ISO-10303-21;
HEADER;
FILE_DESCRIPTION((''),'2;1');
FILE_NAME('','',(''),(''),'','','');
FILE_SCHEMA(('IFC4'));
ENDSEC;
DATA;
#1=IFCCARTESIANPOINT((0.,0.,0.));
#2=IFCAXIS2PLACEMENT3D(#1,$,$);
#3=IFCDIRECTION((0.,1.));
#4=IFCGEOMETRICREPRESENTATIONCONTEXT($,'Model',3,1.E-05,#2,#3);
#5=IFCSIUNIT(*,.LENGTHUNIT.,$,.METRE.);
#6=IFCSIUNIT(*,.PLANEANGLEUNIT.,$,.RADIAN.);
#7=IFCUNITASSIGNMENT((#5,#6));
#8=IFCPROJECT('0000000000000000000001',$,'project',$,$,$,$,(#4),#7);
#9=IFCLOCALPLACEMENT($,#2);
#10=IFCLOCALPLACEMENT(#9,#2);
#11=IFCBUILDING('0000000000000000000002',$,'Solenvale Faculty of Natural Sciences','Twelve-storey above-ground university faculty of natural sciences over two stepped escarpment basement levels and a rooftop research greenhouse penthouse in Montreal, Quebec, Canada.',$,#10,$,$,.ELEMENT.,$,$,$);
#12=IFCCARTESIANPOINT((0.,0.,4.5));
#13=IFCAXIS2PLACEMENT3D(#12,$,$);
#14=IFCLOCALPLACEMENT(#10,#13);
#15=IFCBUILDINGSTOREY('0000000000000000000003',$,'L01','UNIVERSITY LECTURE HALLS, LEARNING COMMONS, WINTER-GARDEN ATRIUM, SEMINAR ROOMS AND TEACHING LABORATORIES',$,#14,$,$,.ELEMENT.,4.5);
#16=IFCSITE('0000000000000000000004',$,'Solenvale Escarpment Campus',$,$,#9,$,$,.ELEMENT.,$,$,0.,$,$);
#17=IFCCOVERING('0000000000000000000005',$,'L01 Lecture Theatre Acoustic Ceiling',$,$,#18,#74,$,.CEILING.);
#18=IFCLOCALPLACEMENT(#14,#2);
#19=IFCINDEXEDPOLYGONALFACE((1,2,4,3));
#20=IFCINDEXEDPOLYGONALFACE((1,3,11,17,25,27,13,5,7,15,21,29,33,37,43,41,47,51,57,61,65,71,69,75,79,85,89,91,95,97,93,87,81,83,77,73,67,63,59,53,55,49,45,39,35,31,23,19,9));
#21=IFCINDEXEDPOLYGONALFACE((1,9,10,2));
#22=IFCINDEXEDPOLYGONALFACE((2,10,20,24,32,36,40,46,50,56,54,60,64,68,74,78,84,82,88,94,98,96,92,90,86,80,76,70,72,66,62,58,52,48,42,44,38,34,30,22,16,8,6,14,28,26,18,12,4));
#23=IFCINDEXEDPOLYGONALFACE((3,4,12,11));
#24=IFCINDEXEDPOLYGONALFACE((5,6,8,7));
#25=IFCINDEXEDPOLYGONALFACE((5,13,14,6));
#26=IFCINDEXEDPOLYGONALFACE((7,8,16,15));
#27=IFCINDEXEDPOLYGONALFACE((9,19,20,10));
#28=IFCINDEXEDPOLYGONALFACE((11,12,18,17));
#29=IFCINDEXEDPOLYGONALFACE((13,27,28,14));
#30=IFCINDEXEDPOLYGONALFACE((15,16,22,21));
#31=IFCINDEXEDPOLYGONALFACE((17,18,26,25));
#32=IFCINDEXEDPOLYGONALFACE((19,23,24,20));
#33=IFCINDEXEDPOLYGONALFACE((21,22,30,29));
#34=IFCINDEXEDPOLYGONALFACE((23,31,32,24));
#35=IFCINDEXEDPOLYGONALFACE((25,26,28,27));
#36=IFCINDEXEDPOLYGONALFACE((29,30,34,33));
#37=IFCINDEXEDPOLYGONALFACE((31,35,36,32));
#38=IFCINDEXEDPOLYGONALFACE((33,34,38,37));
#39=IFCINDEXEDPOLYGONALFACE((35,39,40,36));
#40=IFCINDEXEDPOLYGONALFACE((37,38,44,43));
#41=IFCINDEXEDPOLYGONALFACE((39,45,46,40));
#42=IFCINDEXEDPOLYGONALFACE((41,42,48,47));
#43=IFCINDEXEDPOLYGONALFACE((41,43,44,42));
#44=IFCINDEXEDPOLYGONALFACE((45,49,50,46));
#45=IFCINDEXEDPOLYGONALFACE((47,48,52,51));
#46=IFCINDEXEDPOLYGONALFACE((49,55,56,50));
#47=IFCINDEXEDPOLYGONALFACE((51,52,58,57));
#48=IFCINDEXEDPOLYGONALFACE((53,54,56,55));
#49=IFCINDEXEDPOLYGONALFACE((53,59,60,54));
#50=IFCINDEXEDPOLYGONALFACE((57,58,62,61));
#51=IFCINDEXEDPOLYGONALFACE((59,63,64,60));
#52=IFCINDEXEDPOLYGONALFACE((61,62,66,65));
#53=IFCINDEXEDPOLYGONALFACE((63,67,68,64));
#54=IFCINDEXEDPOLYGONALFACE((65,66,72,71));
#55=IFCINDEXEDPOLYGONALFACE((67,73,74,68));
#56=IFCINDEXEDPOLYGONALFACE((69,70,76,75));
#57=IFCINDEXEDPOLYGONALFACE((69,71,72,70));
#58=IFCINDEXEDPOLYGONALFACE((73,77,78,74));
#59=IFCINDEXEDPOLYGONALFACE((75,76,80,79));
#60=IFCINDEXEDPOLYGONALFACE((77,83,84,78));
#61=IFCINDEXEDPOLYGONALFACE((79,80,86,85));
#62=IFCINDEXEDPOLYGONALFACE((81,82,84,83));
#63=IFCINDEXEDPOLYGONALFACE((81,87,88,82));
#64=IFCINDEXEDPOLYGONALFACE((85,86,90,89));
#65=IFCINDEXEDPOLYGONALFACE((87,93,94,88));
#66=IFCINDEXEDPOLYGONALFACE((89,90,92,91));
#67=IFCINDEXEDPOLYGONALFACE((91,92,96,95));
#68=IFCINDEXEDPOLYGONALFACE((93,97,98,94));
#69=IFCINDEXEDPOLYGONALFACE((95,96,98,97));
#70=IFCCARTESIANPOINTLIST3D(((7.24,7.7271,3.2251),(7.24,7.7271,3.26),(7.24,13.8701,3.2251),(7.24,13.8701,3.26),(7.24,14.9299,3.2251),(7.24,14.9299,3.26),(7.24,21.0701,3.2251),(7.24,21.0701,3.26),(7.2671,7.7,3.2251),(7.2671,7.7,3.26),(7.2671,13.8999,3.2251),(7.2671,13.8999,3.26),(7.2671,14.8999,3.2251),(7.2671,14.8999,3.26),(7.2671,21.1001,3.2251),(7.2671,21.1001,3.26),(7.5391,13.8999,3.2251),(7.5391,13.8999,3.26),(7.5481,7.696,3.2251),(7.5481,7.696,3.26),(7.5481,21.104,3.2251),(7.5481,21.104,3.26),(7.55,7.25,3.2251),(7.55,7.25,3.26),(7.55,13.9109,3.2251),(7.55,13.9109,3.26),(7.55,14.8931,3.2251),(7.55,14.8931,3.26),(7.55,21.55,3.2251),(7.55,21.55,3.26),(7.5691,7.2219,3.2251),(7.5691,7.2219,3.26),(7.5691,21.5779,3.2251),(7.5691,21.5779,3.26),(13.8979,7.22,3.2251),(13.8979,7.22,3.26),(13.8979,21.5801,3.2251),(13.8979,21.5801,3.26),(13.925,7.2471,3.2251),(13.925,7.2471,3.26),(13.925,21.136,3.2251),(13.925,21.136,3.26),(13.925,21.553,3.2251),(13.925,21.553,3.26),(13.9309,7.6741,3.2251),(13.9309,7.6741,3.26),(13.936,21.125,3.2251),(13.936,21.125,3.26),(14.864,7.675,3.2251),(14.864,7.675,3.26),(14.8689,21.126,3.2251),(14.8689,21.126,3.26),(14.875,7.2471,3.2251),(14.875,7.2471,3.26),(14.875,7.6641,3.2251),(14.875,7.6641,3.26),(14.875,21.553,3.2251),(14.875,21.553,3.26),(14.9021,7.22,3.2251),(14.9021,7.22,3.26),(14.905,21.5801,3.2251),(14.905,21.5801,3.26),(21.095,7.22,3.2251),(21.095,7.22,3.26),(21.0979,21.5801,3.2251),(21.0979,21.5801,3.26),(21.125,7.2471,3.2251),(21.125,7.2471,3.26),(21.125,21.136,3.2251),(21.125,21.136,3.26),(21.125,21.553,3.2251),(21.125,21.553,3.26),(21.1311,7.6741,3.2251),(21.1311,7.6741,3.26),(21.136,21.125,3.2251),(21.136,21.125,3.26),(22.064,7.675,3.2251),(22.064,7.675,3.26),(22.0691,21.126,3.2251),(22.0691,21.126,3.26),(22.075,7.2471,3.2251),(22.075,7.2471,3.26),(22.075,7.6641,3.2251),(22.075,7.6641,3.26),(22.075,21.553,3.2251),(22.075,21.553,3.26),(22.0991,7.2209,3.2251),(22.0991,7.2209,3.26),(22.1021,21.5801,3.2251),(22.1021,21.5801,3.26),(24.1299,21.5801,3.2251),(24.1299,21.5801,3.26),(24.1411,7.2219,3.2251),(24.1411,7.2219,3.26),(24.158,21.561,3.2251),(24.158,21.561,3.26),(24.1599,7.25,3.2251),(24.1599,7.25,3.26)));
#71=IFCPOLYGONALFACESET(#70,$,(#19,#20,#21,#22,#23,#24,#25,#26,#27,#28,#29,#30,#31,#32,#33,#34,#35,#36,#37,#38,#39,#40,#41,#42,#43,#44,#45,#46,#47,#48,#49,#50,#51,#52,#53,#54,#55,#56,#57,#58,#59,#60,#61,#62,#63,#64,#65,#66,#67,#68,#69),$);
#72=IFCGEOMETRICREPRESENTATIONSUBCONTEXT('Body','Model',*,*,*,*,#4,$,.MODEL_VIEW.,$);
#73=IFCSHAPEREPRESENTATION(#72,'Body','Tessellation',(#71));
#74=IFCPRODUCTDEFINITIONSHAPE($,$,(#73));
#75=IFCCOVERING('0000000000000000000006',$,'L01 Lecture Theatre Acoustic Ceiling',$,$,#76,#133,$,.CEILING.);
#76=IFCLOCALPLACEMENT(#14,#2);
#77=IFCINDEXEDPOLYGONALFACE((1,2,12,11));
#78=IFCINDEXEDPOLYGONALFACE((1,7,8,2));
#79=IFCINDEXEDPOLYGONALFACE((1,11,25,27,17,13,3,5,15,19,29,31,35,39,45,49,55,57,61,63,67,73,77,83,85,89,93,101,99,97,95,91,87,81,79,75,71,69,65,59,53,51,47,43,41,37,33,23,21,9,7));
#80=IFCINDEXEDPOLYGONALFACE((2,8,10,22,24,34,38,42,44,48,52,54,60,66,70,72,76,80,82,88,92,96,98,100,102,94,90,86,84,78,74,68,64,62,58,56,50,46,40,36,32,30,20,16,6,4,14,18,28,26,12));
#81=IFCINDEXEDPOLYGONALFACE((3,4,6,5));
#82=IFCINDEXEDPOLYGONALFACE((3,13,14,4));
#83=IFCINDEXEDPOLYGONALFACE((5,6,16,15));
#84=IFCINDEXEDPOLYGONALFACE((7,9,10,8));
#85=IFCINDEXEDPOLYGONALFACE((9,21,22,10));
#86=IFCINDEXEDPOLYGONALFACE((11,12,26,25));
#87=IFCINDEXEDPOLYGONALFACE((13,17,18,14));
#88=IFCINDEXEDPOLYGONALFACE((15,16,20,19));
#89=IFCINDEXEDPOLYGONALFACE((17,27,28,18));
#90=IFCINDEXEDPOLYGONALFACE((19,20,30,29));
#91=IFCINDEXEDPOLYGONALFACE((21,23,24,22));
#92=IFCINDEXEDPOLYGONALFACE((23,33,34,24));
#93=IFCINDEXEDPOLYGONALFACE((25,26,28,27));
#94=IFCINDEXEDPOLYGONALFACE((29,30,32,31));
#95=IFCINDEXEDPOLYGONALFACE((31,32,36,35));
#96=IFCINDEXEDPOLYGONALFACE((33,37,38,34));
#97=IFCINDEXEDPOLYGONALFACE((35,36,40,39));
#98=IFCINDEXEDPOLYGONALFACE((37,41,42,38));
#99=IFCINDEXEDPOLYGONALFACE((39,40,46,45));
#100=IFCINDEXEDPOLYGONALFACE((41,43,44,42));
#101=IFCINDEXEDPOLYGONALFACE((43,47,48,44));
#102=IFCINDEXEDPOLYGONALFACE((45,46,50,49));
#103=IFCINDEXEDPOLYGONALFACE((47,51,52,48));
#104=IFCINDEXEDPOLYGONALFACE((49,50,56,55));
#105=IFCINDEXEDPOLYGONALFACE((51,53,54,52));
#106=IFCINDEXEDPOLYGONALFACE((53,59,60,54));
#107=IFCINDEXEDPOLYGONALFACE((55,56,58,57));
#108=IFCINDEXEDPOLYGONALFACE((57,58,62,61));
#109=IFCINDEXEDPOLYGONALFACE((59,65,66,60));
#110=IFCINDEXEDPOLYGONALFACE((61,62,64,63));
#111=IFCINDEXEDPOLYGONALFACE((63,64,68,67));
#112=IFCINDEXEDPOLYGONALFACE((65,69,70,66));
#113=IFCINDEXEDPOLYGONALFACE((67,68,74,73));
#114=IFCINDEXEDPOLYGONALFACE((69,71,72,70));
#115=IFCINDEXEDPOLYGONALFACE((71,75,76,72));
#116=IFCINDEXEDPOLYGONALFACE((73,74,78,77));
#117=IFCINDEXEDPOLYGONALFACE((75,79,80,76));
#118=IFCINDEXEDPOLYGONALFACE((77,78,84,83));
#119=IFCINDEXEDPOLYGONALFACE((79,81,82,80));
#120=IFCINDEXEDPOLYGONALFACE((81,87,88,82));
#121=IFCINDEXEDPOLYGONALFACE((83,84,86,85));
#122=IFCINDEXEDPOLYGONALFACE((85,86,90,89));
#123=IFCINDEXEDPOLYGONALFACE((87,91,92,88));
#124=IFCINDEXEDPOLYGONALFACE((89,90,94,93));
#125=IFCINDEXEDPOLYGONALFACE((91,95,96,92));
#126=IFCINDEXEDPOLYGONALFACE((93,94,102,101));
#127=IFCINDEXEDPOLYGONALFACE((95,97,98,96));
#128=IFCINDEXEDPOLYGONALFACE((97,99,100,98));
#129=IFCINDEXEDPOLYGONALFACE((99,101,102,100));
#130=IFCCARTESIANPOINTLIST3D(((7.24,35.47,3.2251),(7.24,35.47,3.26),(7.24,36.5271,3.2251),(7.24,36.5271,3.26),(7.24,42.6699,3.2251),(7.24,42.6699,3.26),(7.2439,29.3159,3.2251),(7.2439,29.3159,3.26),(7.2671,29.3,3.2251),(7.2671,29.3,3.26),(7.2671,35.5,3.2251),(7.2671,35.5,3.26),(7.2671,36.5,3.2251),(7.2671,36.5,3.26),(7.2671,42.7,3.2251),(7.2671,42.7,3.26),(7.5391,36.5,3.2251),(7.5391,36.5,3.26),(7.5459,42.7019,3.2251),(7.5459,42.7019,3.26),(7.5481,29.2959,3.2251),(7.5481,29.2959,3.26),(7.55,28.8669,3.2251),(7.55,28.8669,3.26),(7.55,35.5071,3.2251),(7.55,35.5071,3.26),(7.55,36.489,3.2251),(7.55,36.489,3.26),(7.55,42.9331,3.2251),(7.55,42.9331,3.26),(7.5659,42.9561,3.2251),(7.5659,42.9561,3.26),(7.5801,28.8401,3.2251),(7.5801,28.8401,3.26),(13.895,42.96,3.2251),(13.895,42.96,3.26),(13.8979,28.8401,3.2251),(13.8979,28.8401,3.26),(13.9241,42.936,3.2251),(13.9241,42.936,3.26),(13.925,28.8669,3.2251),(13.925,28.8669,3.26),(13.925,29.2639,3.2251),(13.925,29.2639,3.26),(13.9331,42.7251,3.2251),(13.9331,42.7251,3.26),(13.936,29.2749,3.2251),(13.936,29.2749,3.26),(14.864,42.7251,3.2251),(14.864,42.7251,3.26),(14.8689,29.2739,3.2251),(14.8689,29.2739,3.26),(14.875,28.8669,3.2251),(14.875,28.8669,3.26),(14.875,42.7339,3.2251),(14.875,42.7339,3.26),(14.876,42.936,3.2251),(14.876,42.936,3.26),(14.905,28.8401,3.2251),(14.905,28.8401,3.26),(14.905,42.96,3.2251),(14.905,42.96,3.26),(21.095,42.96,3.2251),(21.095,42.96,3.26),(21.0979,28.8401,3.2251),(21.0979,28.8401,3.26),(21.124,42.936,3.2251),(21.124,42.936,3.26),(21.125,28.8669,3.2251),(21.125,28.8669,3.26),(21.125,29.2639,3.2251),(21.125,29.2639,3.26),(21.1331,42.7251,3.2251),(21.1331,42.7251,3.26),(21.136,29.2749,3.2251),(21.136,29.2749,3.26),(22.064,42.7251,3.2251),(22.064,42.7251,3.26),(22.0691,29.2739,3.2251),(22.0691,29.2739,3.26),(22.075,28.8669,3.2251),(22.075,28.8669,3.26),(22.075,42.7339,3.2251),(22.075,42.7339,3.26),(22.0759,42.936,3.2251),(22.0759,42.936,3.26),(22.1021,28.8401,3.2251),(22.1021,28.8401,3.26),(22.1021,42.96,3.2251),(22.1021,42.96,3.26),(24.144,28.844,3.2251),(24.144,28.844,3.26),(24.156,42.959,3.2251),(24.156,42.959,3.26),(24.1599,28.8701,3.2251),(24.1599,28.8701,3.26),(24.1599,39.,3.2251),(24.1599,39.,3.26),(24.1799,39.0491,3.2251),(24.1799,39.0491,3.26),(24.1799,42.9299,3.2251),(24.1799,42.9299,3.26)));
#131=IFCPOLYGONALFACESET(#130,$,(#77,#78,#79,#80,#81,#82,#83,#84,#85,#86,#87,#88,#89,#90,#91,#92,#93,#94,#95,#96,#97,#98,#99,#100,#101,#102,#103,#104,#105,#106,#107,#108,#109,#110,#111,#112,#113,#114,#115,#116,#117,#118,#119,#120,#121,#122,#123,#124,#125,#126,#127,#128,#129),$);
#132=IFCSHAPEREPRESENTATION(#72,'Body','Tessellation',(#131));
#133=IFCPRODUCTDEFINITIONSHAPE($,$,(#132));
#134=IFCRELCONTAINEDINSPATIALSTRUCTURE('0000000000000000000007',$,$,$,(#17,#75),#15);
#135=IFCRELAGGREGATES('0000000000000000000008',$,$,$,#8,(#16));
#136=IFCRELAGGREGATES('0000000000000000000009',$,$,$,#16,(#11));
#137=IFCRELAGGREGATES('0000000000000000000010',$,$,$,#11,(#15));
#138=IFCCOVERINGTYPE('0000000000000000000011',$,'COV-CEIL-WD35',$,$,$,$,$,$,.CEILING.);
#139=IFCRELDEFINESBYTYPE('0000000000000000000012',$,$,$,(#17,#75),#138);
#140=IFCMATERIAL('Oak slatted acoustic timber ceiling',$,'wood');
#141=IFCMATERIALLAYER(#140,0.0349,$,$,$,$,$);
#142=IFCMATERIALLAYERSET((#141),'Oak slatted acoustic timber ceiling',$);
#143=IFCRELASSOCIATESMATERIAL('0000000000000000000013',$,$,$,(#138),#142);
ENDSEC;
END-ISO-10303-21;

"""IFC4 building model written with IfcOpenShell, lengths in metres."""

from ifc_helpers import new_model, si_unit, direction, frame, origin, place, context, subcontext, project, spatial, polyline, outline, extrude, material, layer, layer_set, type_object, element, save


model = new_model("IFC4")

# Units and contexts
model_context = context("Model", 3, precision=1e-05, world=origin(), true_north=direction((0.0, 1.0)))
body_context = subcontext(model_context, "Body", "Model", "MODEL_VIEW")
ifc_project = project(units=[si_unit("LENGTHUNIT", "METRE"), si_unit("PLANEANGLEUNIT", "RADIAN")], contexts=[model_context])

# Site, building, storey
site_placement = place(None, origin())
site = spatial("IfcSite", under=ifc_project, at=site_placement, Name="Solenvale Escarpment Campus", CompositionType="ELEMENT", RefElevation=0.0)
building_placement = place(site_placement, origin())
building = spatial("IfcBuilding", under=site, at=building_placement, Name="Solenvale Faculty of Natural Sciences", Description="Twelve-storey above-ground university faculty of natural sciences over two stepped escarpment basement levels and a rooftop research greenhouse penthouse in Montreal, Quebec, Canada.", CompositionType="ELEMENT")
storey_placement = place(building_placement, frame((0.0, 0.0, 4.5)))
storey = spatial("IfcBuildingStorey", under=building, at=storey_placement, Name="L01", Description="UNIVERSITY LECTURE HALLS, LEARNING COMMONS, WINTER-GARDEN ATRIUM, SEMINAR ROOMS AND TEACHING LABORATORIES", CompositionType="ELEMENT", Elevation=4.5)

# Coverings
ifc_material_1 = material(Name="Oak slatted acoustic timber ceiling", Category="wood")
ifc_layer_1 = layer(ifc_material_1, 0.0349)
ifc_layer_set_1 = layer_set([ifc_layer_1], Name="Oak slatted acoustic timber ceiling")
covering_type_1 = type_object("IfcCoveringType", Name="COV-CEIL-WD35", PredefinedType="CEILING", material=ifc_layer_set_1)
covering_1_placement = place(storey_placement, frame((0.0, 0.0, 3.2251)))
element("IfcCovering", 1, at=covering_1_placement, inside=storey, type_object=covering_type_1, Name="L01 Lecture Theatre Acoustic Ceiling", PredefinedType="CEILING", context=body_context, shape_type="SweptSolid", body=[
    extrude(outline(polyline([(7.24, 13.8701), (7.2671, 13.8999), (7.5391, 13.8999), (7.55, 13.9109), (7.55, 14.8931), (7.2671, 14.8999), (7.24, 14.9299), (7.24, 21.0701), (7.2671, 21.1001), (7.5481, 21.104), (7.55, 21.55), (7.5691, 21.5779), (13.8979, 21.5801), (13.925, 21.553), (13.925, 21.136), (13.936, 21.125), (14.8689, 21.126), (14.875, 21.553), (14.905, 21.5801), (21.0979, 21.5801), (21.125, 21.553), (21.125, 21.136), (21.136, 21.125), (22.0691, 21.126), (22.075, 21.553), (22.1021, 21.5801), (24.1299, 21.5801), (24.158, 21.561), (24.1599, 7.25), (24.1411, 7.2219), (22.0991, 7.2209), (22.075, 7.2471), (22.075, 7.6641), (22.064, 7.675), (21.1311, 7.6741), (21.125, 7.2471), (21.095, 7.22), (14.9021, 7.22), (14.875, 7.2471), (14.875, 7.6641), (14.864, 7.675), (13.9309, 7.6741), (13.925, 7.2471), (13.8979, 7.22), (7.5691, 7.2219), (7.55, 7.25), (7.5481, 7.696), (7.2671, 7.7), (7.24, 7.7271), (7.24, 13.8701)])), origin(), (0.0, 0.0, 1.0), 0.0349),
])
covering_2_placement = place(storey_placement, frame((0.0, 0.0, 3.2251)))
element("IfcCovering", 2, at=covering_2_placement, inside=storey, type_object=covering_type_1, Name="L01 Lecture Theatre Acoustic Ceiling", PredefinedType="CEILING", context=body_context, shape_type="SweptSolid", body=[
    extrude(outline(polyline([(24.1799, 39.0491), (24.1599, 39.0), (24.1599, 28.8701), (24.144, 28.844), (22.1021, 28.8401), (22.075, 28.8669), (22.0691, 29.2739), (21.136, 29.2749), (21.125, 29.2639), (21.125, 28.8669), (21.0979, 28.8401), (14.905, 28.8401), (14.875, 28.8669), (14.8689, 29.2739), (13.936, 29.2749), (13.925, 29.2639), (13.925, 28.8669), (13.8979, 28.8401), (7.5801, 28.8401), (7.55, 28.8669), (7.5481, 29.2959), (7.2671, 29.3), (7.2439, 29.3159), (7.24, 35.47), (7.2671, 35.5), (7.55, 35.5071), (7.55, 36.489), (7.5391, 36.5), (7.2671, 36.5), (7.24, 36.5271), (7.24, 42.6699), (7.2671, 42.7), (7.5459, 42.7019), (7.55, 42.9331), (7.5659, 42.9561), (13.895, 42.96), (13.9241, 42.936), (13.9331, 42.7251), (14.864, 42.7251), (14.875, 42.7339), (14.876, 42.936), (14.905, 42.96), (21.095, 42.96), (21.124, 42.936), (21.1331, 42.7251), (22.064, 42.7251), (22.075, 42.7339), (22.0759, 42.936), (22.1021, 42.96), (24.156, 42.959), (24.1799, 42.9299), (24.1799, 39.0491)])), origin(), (0.0, 0.0, 1.0), 0.0349),
])

save(model, "model.ifc")
